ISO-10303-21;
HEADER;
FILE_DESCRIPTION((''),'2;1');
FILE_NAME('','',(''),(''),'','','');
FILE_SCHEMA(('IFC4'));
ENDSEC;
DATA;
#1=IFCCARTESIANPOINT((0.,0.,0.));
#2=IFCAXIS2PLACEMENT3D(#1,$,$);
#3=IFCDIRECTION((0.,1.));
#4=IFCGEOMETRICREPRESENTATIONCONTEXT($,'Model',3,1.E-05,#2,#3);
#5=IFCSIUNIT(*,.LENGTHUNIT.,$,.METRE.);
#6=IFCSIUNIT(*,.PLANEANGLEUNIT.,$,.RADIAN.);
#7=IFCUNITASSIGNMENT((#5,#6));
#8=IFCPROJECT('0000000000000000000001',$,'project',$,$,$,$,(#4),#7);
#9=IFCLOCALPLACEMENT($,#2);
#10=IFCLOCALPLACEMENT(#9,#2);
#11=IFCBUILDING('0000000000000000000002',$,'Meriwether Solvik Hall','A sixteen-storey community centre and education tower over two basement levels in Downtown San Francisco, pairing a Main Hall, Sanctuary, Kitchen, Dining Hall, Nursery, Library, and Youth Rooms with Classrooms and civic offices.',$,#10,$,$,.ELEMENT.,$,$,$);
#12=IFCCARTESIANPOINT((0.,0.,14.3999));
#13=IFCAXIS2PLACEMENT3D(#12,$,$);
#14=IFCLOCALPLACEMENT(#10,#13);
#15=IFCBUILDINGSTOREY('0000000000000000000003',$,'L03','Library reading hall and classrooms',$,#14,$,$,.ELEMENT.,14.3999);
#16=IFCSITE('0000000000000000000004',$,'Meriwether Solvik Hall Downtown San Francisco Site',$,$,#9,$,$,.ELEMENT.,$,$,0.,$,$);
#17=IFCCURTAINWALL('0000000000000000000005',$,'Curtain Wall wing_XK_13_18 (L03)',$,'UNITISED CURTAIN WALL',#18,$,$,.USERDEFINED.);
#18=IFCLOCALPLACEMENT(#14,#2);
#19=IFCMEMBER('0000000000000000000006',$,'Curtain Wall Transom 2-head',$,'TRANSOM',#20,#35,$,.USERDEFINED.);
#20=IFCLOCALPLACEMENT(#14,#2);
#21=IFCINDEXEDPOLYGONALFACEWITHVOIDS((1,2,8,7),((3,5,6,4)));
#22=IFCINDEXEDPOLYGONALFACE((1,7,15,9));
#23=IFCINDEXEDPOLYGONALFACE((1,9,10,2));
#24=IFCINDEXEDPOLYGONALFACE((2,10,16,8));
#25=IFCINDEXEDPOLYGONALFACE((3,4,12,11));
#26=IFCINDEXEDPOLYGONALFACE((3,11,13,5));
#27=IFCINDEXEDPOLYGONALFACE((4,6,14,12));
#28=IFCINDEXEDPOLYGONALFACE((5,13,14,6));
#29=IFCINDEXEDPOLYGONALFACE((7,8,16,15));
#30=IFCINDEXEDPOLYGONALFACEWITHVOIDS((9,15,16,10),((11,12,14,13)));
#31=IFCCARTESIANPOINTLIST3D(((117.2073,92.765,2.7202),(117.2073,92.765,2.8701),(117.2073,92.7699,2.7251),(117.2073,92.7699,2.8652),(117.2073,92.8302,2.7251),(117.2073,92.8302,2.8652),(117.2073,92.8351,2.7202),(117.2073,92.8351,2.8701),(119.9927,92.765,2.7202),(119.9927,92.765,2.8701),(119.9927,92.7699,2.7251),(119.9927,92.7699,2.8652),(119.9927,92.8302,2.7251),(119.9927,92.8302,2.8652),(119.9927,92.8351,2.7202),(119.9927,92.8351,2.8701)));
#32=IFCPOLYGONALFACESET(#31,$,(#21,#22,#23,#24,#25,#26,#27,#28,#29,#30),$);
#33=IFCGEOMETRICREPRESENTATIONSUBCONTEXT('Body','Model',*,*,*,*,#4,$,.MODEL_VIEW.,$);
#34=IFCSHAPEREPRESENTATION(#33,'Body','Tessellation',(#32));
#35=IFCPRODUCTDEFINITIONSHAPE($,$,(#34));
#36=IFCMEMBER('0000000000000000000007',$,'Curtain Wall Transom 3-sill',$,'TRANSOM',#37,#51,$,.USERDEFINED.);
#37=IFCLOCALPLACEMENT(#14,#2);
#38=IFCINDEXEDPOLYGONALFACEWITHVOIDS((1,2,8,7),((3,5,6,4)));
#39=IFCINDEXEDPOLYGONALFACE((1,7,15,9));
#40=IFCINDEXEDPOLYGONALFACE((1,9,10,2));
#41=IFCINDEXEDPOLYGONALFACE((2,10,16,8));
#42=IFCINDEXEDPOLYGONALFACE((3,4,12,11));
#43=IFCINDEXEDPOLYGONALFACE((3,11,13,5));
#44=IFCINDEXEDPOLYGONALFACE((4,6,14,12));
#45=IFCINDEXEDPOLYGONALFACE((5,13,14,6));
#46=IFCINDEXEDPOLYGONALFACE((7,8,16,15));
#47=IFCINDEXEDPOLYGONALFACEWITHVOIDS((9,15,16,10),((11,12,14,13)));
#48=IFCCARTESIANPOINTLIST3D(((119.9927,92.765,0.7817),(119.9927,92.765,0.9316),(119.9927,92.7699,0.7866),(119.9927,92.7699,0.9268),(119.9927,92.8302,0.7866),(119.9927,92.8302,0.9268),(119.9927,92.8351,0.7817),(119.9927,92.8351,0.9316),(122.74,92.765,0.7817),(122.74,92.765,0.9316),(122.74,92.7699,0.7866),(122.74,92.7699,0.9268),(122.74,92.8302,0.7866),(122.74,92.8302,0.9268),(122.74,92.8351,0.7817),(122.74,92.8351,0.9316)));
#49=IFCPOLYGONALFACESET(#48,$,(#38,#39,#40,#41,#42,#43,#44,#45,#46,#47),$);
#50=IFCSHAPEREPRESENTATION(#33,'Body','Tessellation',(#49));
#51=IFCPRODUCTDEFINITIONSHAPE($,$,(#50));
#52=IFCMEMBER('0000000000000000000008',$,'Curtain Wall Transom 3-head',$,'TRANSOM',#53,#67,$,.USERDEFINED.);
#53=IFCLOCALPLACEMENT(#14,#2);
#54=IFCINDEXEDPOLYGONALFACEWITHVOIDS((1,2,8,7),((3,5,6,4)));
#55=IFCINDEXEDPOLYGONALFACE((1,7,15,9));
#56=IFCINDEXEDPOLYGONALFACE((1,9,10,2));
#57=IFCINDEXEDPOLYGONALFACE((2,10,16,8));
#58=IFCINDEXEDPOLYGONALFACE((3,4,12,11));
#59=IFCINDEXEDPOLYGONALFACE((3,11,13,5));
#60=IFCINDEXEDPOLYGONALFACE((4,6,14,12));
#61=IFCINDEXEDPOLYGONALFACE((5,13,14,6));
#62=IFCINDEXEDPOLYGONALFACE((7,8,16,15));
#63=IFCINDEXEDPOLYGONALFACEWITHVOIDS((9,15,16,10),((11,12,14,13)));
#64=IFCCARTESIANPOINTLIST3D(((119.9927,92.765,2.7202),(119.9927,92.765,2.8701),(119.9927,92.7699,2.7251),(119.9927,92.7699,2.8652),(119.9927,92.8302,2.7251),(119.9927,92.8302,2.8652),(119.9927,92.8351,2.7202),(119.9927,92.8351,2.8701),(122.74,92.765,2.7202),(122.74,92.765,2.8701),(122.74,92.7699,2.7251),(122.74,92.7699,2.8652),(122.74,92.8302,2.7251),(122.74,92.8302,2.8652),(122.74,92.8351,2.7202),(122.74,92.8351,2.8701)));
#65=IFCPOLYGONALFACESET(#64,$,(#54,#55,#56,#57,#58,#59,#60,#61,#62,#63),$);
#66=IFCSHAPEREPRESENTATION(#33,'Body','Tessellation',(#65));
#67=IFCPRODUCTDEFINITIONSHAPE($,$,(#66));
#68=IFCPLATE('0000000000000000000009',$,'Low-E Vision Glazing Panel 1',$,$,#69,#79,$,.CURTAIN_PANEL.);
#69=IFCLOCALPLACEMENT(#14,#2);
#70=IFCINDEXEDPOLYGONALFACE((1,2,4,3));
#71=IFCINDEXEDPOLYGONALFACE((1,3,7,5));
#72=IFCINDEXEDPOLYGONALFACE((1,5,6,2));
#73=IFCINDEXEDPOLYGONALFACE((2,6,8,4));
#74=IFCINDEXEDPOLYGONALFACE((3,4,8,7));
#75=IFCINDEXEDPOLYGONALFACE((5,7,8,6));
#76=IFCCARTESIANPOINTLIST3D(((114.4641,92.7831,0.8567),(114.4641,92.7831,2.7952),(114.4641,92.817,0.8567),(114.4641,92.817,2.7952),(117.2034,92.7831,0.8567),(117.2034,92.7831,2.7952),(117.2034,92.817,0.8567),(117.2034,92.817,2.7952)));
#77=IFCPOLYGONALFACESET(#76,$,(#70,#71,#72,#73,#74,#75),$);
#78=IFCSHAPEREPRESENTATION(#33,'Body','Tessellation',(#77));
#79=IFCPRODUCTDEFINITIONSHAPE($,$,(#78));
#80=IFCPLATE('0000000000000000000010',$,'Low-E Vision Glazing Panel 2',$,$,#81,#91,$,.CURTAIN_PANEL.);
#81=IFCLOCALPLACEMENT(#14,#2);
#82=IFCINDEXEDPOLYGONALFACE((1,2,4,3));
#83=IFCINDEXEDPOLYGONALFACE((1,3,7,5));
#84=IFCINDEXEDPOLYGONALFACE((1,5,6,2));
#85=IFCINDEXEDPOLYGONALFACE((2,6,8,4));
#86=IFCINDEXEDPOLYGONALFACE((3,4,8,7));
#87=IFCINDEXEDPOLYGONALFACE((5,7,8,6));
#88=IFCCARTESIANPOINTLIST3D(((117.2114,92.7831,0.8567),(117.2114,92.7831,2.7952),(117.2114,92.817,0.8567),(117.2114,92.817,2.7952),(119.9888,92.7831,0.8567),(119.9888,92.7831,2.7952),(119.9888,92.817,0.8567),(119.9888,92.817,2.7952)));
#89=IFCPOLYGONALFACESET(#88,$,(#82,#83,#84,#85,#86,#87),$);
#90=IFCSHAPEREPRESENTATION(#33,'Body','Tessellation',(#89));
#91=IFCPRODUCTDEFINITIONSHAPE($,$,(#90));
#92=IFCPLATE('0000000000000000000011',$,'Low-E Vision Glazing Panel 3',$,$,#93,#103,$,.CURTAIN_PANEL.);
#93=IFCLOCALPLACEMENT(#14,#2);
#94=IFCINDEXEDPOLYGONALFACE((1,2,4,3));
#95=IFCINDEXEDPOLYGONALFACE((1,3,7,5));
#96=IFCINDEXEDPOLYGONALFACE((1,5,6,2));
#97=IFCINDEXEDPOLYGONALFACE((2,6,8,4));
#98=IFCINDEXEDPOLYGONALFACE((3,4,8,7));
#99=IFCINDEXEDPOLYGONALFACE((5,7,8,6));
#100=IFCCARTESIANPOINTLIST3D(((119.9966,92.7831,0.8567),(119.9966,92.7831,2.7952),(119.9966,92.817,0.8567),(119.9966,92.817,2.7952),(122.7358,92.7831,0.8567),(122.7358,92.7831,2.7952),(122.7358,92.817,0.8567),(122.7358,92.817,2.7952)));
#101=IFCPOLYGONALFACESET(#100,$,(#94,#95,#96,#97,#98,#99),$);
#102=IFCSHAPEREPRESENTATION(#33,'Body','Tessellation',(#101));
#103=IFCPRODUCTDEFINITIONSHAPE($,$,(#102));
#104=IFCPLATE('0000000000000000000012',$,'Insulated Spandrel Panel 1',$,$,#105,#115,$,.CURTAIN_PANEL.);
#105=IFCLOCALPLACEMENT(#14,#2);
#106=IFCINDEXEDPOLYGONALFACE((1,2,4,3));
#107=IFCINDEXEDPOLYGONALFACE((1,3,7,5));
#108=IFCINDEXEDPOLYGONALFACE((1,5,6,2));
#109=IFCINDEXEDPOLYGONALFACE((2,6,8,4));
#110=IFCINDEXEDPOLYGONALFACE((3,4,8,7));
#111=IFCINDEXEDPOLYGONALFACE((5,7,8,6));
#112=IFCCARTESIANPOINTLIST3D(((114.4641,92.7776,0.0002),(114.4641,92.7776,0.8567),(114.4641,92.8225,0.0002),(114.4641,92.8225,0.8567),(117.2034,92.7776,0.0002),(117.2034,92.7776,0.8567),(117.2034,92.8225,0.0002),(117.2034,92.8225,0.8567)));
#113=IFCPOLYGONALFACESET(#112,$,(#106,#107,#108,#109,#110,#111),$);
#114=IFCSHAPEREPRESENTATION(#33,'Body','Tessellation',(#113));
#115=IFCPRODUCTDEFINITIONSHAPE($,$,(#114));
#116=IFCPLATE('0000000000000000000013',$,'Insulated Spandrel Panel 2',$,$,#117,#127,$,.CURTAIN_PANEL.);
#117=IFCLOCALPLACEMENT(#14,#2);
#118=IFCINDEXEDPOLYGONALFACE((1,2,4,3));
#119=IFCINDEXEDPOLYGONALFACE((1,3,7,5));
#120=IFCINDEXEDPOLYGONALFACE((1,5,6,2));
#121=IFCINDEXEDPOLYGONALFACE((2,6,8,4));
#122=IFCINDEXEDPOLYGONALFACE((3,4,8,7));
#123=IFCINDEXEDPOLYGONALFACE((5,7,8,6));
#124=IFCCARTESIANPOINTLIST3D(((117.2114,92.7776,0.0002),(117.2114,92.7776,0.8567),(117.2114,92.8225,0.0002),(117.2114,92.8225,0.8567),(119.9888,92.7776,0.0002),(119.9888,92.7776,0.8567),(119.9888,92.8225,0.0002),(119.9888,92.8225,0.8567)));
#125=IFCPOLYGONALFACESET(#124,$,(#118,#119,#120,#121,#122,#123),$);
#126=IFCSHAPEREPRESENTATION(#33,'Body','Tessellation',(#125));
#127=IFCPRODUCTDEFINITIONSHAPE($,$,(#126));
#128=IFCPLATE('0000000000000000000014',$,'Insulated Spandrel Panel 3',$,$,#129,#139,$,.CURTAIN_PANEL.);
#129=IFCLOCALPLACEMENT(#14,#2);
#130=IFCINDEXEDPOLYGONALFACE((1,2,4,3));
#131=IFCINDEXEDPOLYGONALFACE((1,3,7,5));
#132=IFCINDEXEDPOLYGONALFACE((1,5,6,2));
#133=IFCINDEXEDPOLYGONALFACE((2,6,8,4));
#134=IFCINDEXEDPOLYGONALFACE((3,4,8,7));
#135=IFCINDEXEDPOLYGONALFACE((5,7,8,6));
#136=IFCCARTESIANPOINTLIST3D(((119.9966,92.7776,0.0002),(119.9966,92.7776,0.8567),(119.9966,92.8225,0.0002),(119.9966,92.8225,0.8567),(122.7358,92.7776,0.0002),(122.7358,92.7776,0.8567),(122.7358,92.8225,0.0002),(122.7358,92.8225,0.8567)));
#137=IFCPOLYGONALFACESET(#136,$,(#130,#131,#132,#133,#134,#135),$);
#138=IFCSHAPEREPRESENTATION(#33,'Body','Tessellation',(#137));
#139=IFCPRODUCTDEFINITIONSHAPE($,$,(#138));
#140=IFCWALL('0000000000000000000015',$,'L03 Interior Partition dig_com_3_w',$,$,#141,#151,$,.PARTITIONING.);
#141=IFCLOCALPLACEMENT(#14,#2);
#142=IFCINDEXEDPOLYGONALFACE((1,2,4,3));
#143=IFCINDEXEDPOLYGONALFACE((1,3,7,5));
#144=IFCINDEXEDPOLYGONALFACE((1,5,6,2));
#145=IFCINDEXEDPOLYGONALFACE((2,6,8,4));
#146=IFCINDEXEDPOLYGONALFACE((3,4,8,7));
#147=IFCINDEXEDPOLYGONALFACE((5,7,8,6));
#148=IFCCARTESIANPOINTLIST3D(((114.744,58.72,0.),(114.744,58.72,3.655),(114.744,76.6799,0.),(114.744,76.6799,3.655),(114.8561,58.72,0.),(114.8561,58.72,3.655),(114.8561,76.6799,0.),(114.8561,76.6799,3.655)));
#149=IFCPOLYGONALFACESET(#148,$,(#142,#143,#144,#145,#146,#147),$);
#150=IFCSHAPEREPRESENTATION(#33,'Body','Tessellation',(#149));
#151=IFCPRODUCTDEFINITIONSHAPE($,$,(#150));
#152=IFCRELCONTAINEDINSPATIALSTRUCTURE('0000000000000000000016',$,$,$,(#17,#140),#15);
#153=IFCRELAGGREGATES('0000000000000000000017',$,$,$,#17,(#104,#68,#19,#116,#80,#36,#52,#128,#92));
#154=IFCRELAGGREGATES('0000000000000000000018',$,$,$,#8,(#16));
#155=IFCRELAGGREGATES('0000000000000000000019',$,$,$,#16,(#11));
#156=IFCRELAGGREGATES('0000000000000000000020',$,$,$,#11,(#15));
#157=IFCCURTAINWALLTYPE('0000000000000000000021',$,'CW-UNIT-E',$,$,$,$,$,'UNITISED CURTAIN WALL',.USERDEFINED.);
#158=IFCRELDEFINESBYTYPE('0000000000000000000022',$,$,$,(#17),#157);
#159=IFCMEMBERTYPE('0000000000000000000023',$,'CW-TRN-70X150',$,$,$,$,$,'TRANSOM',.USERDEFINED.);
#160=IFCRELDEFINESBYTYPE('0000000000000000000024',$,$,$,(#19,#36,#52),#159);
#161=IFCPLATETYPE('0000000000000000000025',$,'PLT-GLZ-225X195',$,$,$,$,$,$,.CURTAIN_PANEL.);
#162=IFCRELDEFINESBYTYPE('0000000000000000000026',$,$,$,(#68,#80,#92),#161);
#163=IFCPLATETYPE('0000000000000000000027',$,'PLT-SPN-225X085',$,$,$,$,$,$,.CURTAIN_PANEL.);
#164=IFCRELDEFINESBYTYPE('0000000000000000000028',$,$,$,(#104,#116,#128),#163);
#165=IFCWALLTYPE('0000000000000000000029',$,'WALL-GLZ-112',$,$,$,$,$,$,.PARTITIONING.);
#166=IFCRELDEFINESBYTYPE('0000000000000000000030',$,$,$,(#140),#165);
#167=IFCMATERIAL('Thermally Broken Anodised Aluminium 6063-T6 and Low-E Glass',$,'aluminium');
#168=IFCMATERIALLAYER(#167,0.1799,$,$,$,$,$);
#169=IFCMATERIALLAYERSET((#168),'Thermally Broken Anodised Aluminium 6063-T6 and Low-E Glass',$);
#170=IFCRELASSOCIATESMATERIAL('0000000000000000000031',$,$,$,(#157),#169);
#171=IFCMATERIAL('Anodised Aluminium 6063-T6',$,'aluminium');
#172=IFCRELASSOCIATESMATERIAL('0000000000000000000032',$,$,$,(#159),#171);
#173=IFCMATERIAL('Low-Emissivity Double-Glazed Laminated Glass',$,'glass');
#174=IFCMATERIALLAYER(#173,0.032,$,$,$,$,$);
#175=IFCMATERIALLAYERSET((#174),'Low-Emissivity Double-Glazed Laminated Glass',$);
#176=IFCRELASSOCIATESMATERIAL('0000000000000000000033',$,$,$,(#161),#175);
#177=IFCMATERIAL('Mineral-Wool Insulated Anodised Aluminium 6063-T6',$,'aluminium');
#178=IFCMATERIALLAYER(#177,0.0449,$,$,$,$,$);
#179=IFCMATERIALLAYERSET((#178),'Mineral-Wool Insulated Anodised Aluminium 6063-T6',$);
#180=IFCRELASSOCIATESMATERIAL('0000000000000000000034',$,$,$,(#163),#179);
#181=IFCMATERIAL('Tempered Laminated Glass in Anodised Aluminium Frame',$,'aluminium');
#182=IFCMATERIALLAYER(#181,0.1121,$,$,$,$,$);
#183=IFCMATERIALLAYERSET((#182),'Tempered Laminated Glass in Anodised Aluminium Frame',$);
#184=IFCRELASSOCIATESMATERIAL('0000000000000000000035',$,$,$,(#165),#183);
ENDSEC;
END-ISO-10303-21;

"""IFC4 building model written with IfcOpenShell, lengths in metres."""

from ifc_helpers import new_model, si_unit, direction, frame, frame_2d, origin, origin_2d, place, context, subcontext, project, spatial, rectangle, hollow_rectangle, extrude, material, layer, layer_set, material_profile, profile_set, type_object, element, aggregate, save


model = new_model("IFC4")

# Units and contexts
model_context = context("Model", 3, precision=1e-05, world=origin(), true_north=direction((0.0, 1.0)))
body_context = subcontext(model_context, "Body", "Model", "MODEL_VIEW")
ifc_project = project(units=[si_unit("LENGTHUNIT", "METRE"), si_unit("PLANEANGLEUNIT", "RADIAN")], contexts=[model_context])

# Site, building, storey
site_placement = place(None, origin())
site = spatial("IfcSite", under=ifc_project, at=site_placement, Name="Meriwether Solvik Hall Downtown San Francisco Site", CompositionType="ELEMENT", RefElevation=0.0)
building_placement = place(site_placement, origin())
building = spatial("IfcBuilding", under=site, at=building_placement, Name="Meriwether Solvik Hall", Description="A sixteen-storey community centre and education tower over two basement levels in Downtown San Francisco, pairing a Main Hall, Sanctuary, Kitchen, Dining Hall, Nursery, Library, and Youth Rooms with Classrooms and civic offices.", CompositionType="ELEMENT")
storey_placement = place(building_placement, frame((0.0, 0.0, 14.3999)))
storey = spatial("IfcBuildingStorey", under=building, at=storey_placement, Name="L03", Description="Library reading hall and classrooms", CompositionType="ELEMENT", Elevation=14.3999)

# Curtain wall, members, plates
ifc_material_1 = material(Name="Thermally Broken Anodised Aluminium 6063-T6 and Low-E Glass", Category="aluminium")
ifc_layer_1 = layer(ifc_material_1, 0.1799)
ifc_layer_set_1 = layer_set([ifc_layer_1], Name="Thermally Broken Anodised Aluminium 6063-T6 and Low-E Glass")
curtain_wall_type = type_object("IfcCurtainWallType", Name="CW-UNIT-E", ElementType="UNITISED CURTAIN WALL", PredefinedType="USERDEFINED", material=ifc_layer_set_1)
curtain_wall_placement = place(storey_placement, origin())
curtain_wall = element("IfcCurtainWall", 1, at=curtain_wall_placement, inside=storey, type_object=curtain_wall_type, Name="Curtain Wall wing_XK_13_18 (L03)", ObjectType="UNITISED CURTAIN WALL", PredefinedType="USERDEFINED")
ifc_material_2 = material(Name="Anodised Aluminium 6063-T6", Category="aluminium")
ifc_material_profile_1 = material_profile(ifc_material_2, hollow_rectangle(XDim=0.0701, YDim=0.1499, WallThickness=0.0049, at=origin_2d()), Name="CWT-70X150")
ifc_profile_set_1 = profile_set([ifc_material_profile_1], Name="Anodised Aluminium 6063-T6")
member_type_1 = type_object("IfcMemberType", Name="CW-TRN-70X150", ElementType="TRANSOM", PredefinedType="USERDEFINED", material=ifc_profile_set_1)
member_1_placement = place(storey_placement, frame((117.2073, 92.8, 2.7952), z_axis=(1.0, 0.0, 0.0), x_axis=(0.0, 1.0, 0.0)))
member_1 = element("IfcMember", 2, at=member_1_placement, type_object=member_type_1, Name="Curtain Wall Transom 2-head", ObjectType="TRANSOM", PredefinedType="USERDEFINED", context=body_context, shape_type="SweptSolid", body=[
    extrude(hollow_rectangle(XDim=0.0701, YDim=0.1499, WallThickness=0.0049, at=origin_2d()), origin(), (0.0, 0.0, 1.0), 2.7854),
])
member_2_placement = place(storey_placement, frame((119.9927, 92.8, 0.8567), z_axis=(1.0, 0.0, 0.0), x_axis=(0.0, 1.0, 0.0)))
member_2 = element("IfcMember", 3, at=member_2_placement, type_object=member_type_1, Name="Curtain Wall Transom 3-sill", ObjectType="TRANSOM", PredefinedType="USERDEFINED", context=body_context, shape_type="SweptSolid", body=[
    extrude(hollow_rectangle(XDim=0.0701, YDim=0.1499, WallThickness=0.0049, at=origin_2d()), origin(), (0.0, 0.0, 1.0), 2.7473),
])
member_3_placement = place(storey_placement, frame((119.9927, 92.8, 2.7952), z_axis=(1.0, 0.0, 0.0), x_axis=(0.0, 1.0, 0.0)))
member_3 = element("IfcMember", 4, at=member_3_placement, type_object=member_type_1, Name="Curtain Wall Transom 3-head", ObjectType="TRANSOM", PredefinedType="USERDEFINED", context=body_context, shape_type="SweptSolid", body=[
    extrude(hollow_rectangle(XDim=0.0701, YDim=0.1499, WallThickness=0.0049, at=origin_2d()), origin(), (0.0, 0.0, 1.0), 2.7473),
])
ifc_material_3 = material(Name="Low-Emissivity Double-Glazed Laminated Glass", Category="glass")
ifc_layer_2 = layer(ifc_material_3, 0.032)
ifc_layer_set_2 = layer_set([ifc_layer_2], Name="Low-Emissivity Double-Glazed Laminated Glass")
plate_type_1 = type_object("IfcPlateType", Name="PLT-GLZ-225X195", PredefinedType="CURTAIN_PANEL", material=ifc_layer_set_2)
plate_1_placement = place(storey_placement, frame((115.8337, 92.8, 0.8567), z_axis=(0.0, 0.0, 1.0), x_axis=(1.0, 0.0, 0.0)))
plate_1 = element("IfcPlate", 5, at=plate_1_placement, type_object=plate_type_1, Name="Low-E Vision Glazing Panel 1", PredefinedType="CURTAIN_PANEL", context=body_context, shape_type="SweptSolid", body=[
    extrude(rectangle(XDim=2.7393, YDim=0.0339, at=origin_2d()), origin(), (0.0, 0.0, 1.0), 1.9385),
])
plate_2_placement = place(storey_placement, frame((118.6001, 92.8, 0.8567), z_axis=(0.0, 0.0, 1.0), x_axis=(1.0, 0.0, 0.0)))
plate_2 = element("IfcPlate", 6, at=plate_2_placement, type_object=plate_type_1, Name="Low-E Vision Glazing Panel 2", PredefinedType="CURTAIN_PANEL", context=body_context, shape_type="SweptSolid", body=[
    extrude(rectangle(XDim=2.7773, YDim=0.0339, at=origin_2d()), origin(), (0.0, 0.0, 1.0), 1.9385),
])
plate_3_placement = place(storey_placement, frame((121.3662, 92.8, 0.8567), z_axis=(0.0, 0.0, 1.0), x_axis=(1.0, 0.0, 0.0)))
plate_3 = element("IfcPlate", 7, at=plate_3_placement, type_object=plate_type_1, Name="Low-E Vision Glazing Panel 3", PredefinedType="CURTAIN_PANEL", context=body_context, shape_type="SweptSolid", body=[
    extrude(rectangle(XDim=2.7393, YDim=0.0339, at=origin_2d()), origin(), (0.0, 0.0, 1.0), 1.9385),
])
ifc_material_4 = material(Name="Mineral-Wool Insulated Anodised Aluminium 6063-T6", Category="aluminium")
ifc_layer_3 = layer(ifc_material_4, 0.0449)
ifc_layer_set_3 = layer_set([ifc_layer_3], Name="Mineral-Wool Insulated Anodised Aluminium 6063-T6")
plate_type_2 = type_object("IfcPlateType", Name="PLT-SPN-225X085", PredefinedType="CURTAIN_PANEL", material=ifc_layer_set_3)
plate_4_placement = place(storey_placement, frame((115.8337, 92.8, 0.0002), z_axis=(0.0, 0.0, 1.0), x_axis=(1.0, 0.0, 0.0)))
plate_4 = element("IfcPlate", 8, at=plate_4_placement, type_object=plate_type_2, Name="Insulated Spandrel Panel 1", PredefinedType="CURTAIN_PANEL", context=body_context, shape_type="SweptSolid", body=[
    extrude(rectangle(XDim=2.7393, YDim=0.0449, at=origin_2d()), origin(), (0.0, 0.0, 1.0), 0.8564),
])
plate_5_placement = place(storey_placement, frame((118.6001, 92.8, 0.0002), z_axis=(0.0, 0.0, 1.0), x_axis=(1.0, 0.0, 0.0)))
plate_5 = element("IfcPlate", 9, at=plate_5_placement, type_object=plate_type_2, Name="Insulated Spandrel Panel 2", PredefinedType="CURTAIN_PANEL", context=body_context, shape_type="SweptSolid", body=[
    extrude(rectangle(XDim=2.7773, YDim=0.0449, at=origin_2d()), origin(), (0.0, 0.0, 1.0), 0.8564),
])
plate_6_placement = place(storey_placement, frame((121.3662, 92.8, 0.0002), z_axis=(0.0, 0.0, 1.0), x_axis=(1.0, 0.0, 0.0)))
plate_6 = element("IfcPlate", 10, at=plate_6_placement, type_object=plate_type_2, Name="Insulated Spandrel Panel 3", PredefinedType="CURTAIN_PANEL", context=body_context, shape_type="SweptSolid", body=[
    extrude(rectangle(XDim=2.7393, YDim=0.0449, at=origin_2d()), origin(), (0.0, 0.0, 1.0), 0.8564),
])
aggregate(curtain_wall, [plate_4, plate_1, member_1, plate_5, plate_2, member_2, member_3, plate_6, plate_3])

# Wall
ifc_material_5 = material(Name="Tempered Laminated Glass in Anodised Aluminium Frame", Category="aluminium")
ifc_layer_4 = layer(ifc_material_5, 0.1121)
ifc_layer_set_4 = layer_set([ifc_layer_4], Name="Tempered Laminated Glass in Anodised Aluminium Frame")
wall_type = type_object("IfcWallType", Name="WALL-GLZ-112", PredefinedType="PARTITIONING", material=ifc_layer_set_4)
wall_placement = place(storey_placement, frame((114.8, 76.6799, 0.0), z_axis=(0.0, 0.0, 1.0), x_axis=(0.0, -1.0, 0.0)))
element("IfcWall", 11, at=wall_placement, inside=storey, type_object=wall_type, Name="L03 Interior Partition dig_com_3_w", PredefinedType="PARTITIONING", context=body_context, shape_type="SweptSolid", body=[
    extrude(rectangle(XDim=17.96, YDim=0.1121, at=frame_2d((8.98, 0.0))), origin(), (0.0, 0.0, 1.0), 3.655),
])

save(model, "model.ifc")
